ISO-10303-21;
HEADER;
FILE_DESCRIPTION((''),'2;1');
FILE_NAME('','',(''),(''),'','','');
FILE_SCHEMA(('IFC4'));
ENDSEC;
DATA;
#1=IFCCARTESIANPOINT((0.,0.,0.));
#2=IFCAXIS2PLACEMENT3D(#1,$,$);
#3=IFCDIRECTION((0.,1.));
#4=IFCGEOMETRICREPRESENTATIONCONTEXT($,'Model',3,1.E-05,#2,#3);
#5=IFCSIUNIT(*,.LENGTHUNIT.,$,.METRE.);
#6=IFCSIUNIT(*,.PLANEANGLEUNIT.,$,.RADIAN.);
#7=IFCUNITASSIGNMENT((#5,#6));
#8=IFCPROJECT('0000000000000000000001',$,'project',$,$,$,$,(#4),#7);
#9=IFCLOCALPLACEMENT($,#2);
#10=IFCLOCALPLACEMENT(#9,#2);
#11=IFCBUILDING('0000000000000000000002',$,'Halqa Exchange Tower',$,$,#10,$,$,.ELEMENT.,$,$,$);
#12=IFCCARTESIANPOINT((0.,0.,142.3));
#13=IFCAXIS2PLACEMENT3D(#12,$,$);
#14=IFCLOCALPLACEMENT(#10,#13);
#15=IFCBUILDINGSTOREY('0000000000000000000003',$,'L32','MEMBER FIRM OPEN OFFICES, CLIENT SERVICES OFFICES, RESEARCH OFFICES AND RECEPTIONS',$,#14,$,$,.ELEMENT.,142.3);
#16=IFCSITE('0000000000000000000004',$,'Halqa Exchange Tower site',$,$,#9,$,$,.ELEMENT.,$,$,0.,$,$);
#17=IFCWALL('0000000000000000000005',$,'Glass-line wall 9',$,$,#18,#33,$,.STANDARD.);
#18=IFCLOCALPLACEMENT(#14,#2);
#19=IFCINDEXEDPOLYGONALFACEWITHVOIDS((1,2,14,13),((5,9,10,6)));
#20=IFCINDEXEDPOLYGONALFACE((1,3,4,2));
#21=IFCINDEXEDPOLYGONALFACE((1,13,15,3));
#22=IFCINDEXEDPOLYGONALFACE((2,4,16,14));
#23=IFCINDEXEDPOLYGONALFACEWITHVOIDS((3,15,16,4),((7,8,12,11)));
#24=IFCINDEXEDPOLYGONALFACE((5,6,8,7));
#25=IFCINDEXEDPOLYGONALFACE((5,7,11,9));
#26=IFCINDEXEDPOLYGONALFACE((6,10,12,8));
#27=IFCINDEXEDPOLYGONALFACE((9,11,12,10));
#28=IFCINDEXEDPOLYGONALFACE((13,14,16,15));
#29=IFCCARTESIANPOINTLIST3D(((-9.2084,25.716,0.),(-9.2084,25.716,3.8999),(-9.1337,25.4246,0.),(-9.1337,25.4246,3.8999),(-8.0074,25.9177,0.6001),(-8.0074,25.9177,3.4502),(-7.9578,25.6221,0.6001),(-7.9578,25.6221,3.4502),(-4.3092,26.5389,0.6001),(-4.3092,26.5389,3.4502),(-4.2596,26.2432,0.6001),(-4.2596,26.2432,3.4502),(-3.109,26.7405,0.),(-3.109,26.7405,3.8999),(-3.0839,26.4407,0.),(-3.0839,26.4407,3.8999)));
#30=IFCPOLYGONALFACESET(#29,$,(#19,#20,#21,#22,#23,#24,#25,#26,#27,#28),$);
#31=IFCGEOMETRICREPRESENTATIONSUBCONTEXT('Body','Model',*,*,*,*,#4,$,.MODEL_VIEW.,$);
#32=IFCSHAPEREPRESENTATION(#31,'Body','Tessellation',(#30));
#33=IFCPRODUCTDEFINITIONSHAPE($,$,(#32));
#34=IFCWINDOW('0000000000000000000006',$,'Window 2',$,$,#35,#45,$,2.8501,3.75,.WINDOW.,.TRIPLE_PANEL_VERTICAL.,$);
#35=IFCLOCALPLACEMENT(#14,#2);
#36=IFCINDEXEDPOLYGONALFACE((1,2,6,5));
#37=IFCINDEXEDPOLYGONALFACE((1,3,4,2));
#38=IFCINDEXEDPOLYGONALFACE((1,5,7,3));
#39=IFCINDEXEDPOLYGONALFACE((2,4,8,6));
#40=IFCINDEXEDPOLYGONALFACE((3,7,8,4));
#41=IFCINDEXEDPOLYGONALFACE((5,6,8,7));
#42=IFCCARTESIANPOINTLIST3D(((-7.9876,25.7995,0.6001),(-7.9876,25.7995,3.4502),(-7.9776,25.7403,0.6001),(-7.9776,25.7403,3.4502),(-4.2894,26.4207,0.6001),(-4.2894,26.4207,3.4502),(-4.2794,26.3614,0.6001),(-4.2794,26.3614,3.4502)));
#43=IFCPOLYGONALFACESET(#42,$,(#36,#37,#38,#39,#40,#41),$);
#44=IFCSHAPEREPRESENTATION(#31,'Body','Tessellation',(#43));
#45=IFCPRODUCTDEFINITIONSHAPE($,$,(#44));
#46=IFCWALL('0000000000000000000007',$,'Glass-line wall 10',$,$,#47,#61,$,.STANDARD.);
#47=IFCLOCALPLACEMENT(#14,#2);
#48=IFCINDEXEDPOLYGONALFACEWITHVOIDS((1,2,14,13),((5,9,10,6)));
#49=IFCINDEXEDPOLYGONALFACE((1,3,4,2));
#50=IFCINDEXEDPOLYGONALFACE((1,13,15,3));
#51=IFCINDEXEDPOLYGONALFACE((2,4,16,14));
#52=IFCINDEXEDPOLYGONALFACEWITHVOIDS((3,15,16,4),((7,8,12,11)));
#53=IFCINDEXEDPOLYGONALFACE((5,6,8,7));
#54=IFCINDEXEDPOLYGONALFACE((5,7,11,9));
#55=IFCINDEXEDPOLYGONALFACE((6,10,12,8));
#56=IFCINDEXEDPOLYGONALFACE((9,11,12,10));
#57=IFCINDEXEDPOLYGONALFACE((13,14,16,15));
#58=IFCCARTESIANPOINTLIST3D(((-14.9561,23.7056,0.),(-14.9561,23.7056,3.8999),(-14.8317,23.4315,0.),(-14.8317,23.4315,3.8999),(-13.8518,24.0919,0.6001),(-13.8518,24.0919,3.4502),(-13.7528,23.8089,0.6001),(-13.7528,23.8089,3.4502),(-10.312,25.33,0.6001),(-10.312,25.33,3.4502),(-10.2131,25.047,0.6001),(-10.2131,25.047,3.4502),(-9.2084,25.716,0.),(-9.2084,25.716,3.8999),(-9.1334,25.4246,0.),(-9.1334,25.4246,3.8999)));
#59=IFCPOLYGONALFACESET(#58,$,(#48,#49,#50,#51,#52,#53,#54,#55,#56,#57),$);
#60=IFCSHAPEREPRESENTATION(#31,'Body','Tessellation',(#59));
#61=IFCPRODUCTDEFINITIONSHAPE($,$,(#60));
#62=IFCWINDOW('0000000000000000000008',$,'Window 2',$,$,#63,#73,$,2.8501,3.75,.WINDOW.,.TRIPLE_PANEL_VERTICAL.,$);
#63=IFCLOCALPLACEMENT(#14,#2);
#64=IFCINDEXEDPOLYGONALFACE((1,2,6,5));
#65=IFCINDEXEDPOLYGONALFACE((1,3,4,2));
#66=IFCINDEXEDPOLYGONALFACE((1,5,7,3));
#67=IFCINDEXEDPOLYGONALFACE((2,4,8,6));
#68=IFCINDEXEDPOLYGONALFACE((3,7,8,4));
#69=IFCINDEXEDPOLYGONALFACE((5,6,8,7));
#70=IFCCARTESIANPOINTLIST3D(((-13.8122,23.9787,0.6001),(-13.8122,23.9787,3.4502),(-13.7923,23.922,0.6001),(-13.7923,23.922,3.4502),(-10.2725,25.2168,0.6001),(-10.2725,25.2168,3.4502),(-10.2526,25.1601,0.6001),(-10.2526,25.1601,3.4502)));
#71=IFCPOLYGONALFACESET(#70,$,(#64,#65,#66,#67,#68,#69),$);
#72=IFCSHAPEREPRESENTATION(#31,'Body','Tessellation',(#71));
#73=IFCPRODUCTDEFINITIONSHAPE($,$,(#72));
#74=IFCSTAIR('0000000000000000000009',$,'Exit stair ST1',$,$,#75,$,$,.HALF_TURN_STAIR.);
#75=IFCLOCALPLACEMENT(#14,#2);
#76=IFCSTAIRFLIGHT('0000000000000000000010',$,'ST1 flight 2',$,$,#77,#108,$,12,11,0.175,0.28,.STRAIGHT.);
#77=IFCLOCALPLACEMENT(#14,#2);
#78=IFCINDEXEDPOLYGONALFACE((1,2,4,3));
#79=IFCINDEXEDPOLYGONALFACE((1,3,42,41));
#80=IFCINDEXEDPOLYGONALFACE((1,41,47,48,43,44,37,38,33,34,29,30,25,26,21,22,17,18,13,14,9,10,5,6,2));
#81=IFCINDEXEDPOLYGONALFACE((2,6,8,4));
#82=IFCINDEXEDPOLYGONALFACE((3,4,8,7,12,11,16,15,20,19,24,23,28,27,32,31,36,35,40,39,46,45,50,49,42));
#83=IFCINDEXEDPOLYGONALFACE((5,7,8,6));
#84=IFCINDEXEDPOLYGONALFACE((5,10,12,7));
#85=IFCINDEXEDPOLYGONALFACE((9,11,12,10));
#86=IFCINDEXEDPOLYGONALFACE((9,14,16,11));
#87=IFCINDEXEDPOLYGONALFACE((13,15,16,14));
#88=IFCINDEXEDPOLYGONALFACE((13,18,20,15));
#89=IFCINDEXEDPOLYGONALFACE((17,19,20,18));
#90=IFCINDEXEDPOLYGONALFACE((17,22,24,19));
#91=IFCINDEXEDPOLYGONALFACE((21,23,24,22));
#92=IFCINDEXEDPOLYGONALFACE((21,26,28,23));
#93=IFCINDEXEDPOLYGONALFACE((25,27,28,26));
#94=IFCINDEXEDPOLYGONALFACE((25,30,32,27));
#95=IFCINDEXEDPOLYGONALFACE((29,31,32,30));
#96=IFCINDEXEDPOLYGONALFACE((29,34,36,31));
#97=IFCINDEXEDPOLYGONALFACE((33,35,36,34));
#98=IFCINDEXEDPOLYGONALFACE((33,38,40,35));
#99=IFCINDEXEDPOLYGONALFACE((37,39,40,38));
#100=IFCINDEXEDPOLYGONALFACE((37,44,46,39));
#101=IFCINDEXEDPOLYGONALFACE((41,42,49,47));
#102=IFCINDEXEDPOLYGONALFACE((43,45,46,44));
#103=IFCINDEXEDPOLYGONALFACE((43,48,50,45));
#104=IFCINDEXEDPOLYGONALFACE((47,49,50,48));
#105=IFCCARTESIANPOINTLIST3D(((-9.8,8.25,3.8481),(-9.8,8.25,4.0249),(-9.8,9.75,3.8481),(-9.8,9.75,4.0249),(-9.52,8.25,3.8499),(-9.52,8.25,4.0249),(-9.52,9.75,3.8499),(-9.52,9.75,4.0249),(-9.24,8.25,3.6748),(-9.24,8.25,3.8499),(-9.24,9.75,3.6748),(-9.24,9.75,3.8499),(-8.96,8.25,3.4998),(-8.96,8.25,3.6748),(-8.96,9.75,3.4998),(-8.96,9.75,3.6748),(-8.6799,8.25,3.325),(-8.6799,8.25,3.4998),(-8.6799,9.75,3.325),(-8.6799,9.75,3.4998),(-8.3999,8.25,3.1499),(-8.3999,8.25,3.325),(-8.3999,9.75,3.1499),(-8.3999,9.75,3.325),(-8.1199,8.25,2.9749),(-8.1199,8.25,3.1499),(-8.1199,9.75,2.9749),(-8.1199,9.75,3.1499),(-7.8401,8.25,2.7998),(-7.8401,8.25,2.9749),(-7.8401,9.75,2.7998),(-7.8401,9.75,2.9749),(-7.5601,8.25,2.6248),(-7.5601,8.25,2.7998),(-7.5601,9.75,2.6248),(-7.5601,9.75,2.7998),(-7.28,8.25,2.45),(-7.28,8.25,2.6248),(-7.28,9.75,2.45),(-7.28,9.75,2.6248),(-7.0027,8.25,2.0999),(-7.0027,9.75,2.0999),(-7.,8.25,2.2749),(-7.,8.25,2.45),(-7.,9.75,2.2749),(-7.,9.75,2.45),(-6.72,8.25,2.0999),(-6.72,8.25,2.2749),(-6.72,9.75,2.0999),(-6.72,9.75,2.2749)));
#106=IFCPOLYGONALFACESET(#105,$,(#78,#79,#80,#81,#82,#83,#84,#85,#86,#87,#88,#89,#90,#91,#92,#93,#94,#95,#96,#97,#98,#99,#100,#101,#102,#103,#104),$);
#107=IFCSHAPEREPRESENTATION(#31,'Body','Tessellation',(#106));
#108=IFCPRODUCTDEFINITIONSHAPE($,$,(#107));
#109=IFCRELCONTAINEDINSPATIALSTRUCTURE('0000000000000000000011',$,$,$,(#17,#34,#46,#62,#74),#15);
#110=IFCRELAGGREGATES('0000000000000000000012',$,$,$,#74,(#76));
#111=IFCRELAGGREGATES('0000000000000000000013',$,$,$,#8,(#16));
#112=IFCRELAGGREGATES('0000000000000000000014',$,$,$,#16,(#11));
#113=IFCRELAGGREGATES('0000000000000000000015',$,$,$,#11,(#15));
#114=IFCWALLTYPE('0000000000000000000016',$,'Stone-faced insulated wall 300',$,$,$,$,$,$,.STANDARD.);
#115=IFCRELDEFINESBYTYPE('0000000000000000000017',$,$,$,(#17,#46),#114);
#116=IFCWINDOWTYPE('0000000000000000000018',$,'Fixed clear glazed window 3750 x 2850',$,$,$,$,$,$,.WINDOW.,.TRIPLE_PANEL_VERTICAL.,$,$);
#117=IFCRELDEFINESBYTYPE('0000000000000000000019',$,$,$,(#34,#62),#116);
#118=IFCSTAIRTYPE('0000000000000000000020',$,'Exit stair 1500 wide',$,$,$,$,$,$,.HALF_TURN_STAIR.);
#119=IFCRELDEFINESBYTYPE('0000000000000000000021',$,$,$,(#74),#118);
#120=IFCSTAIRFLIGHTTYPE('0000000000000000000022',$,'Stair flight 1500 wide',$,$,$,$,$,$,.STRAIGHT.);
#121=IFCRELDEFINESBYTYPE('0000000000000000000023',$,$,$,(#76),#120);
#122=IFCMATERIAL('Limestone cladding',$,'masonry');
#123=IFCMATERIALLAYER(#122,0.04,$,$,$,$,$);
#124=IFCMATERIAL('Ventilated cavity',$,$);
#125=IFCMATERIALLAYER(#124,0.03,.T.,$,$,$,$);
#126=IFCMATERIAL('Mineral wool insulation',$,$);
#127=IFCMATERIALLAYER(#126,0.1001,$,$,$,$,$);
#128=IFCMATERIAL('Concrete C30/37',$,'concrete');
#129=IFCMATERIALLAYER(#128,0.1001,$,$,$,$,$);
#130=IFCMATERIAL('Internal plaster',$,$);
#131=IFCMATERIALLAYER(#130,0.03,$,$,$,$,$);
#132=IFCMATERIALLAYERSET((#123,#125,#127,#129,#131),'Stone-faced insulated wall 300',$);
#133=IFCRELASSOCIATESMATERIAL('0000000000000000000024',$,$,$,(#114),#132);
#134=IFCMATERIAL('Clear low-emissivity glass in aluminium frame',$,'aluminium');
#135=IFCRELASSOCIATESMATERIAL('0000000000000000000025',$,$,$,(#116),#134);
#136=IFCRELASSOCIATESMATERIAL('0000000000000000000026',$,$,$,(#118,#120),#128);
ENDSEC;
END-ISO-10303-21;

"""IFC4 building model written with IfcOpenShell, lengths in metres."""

from ifc_helpers import new_model, si_unit, direction, frame, frame_2d, origin, place, context, subcontext, project, spatial, polyline, rectangle, outline, extrude, material, layer, layer_set, type_object, element, fill, aggregate, save


model = new_model("IFC4")

# Units and contexts
model_context = context("Model", 3, precision=1e-05, world=origin(), true_north=direction((0.0, 1.0)))
body_context = subcontext(model_context, "Body", "Model", "MODEL_VIEW")
ifc_project = project(units=[si_unit("LENGTHUNIT", "METRE"), si_unit("PLANEANGLEUNIT", "RADIAN")], contexts=[model_context])

# Site, building, storey
site_placement = place(None, origin())
site = spatial("IfcSite", under=ifc_project, at=site_placement, Name="Halqa Exchange Tower site", CompositionType="ELEMENT", RefElevation=0.0)
building_placement = place(site_placement, origin())
building = spatial("IfcBuilding", under=site, at=building_placement, Name="Halqa Exchange Tower", CompositionType="ELEMENT")
storey_placement = place(building_placement, frame((0.0, 0.0, 142.3)))
storey = spatial("IfcBuildingStorey", under=building, at=storey_placement, Name="L32", Description="MEMBER FIRM OPEN OFFICES, CLIENT SERVICES OFFICES, RESEARCH OFFICES AND RECEPTIONS", CompositionType="ELEMENT", Elevation=142.3)

# Shared definitions
ifc_material_1 = material(Name="Concrete C30/37", Category="concrete")

# Walls, openings, windows
ifc_material_2 = material(Name="Limestone cladding", Category="masonry")
ifc_layer_1 = layer(ifc_material_2, 0.04)
ifc_material_3 = material(Name="Ventilated cavity")
ifc_layer_2 = layer(ifc_material_3, 0.03, ventilated=True)
ifc_material_4 = material(Name="Mineral wool insulation")
ifc_layer_3 = layer(ifc_material_4, 0.1001)
ifc_layer_4 = layer(ifc_material_1, 0.1001)
ifc_material_5 = material(Name="Internal plaster")
ifc_layer_5 = layer(ifc_material_5, 0.03)
ifc_layer_set_1 = layer_set([ifc_layer_1, ifc_layer_2, ifc_layer_3, ifc_layer_4, ifc_layer_5], Name="Stone-faced insulated wall 300")
wall_type_1 = type_object("IfcWallType", Name="Stone-faced insulated wall 300", PredefinedType="STANDARD", material=ifc_layer_set_1)
wall_1_placement = place(storey_placement, frame((-3.0964, 26.5906, 0.0), z_axis=(0.0, 0.0, 1.0), x_axis=(-0.986186, -0.165639, 0.0)))
wall_1 = element("IfcWall", 1, at=wall_1_placement, inside=storey, type_object=wall_type_1, Name="Glass-line wall 9", PredefinedType="STANDARD", context=body_context, shape_type="SweptSolid", body=[
    extrude(outline(polyline([(-0.0125, -0.1499), (6.1724, -0.1499), (6.147, 0.1499), (0.0125, 0.1499), (-0.0125, -0.1499)])), origin(), (0.0, 0.0, 1.0), 3.8999),
])
opening_1_placement = place(wall_1_placement, frame((1.2046, 0.0, 0.6001)))
opening_1 = element("IfcOpeningElement", 2, at=opening_1_placement, cuts=wall_1, PredefinedType="OPENING", context=body_context, shape_type="SweptSolid", body=[
    extrude(rectangle(XDim=3.75, YDim=2.8501, at=frame_2d((1.875, 1.425))), frame((0.0, 0.1621, 0.0), z_axis=(0.0, -1.0, 0.0), x_axis=(1.0, 0.0, 0.0)), (0.0, 0.0, 1.0), 0.324),
])
ifc_material_6 = material(Name="Clear low-emissivity glass in aluminium frame", Category="aluminium")
window_type = type_object("IfcWindowType", Name="Fixed clear glazed window 3750 x 2850", PartitioningType="TRIPLE_PANEL_VERTICAL", PredefinedType="WINDOW", material=ifc_material_6)
window_1_placement = place(opening_1_placement, origin())
window_1 = element("IfcWindow", 3, at=window_1_placement, inside=storey, type_object=window_type, Name="Window 2", OverallHeight=2.8501, OverallWidth=3.75, PartitioningType="TRIPLE_PANEL_VERTICAL", PredefinedType="WINDOW", context=body_context, shape_type="SweptSolid", body=[
    extrude(rectangle(XDim=3.75, YDim=2.8501, at=frame_2d((1.875, 1.425))), frame((0.0, 0.03, 0.0), z_axis=(0.0, -1.0, 0.0), x_axis=(1.0, 0.0, 0.0)), (0.0, 0.0, 1.0), 0.0601),
])
fill(opening_1, window_1)
wall_2_placement = place(storey_placement, frame((-9.1709, 25.5703, 0.0), z_axis=(0.0, 0.0, 1.0), x_axis=(-0.943926, -0.330158, 0.0)))
wall_2 = element("IfcWall", 4, at=wall_2_placement, inside=storey, type_object=wall_type_1, Name="Glass-line wall 10", PredefinedType="STANDARD", context=body_context, shape_type="SweptSolid", body=[
    extrude(outline(polyline([(-0.0127, -0.1499), (6.0764, -0.1499), (6.0496, 0.1499), (0.0127, 0.1499), (-0.0127, -0.1499)])), origin(), (0.0, 0.0, 1.0), 3.8999),
])
opening_2_placement = place(wall_2_placement, frame((1.1565, 0.0, 0.6001)))
opening_2 = element("IfcOpeningElement", 5, at=opening_2_placement, cuts=wall_2, PredefinedType="OPENING", context=body_context, shape_type="SweptSolid", body=[
    extrude(rectangle(XDim=3.75, YDim=2.8501, at=frame_2d((1.875, 1.425))), frame((0.0, 0.1621, 0.0), z_axis=(0.0, -1.0, 0.0), x_axis=(1.0, 0.0, 0.0)), (0.0, 0.0, 1.0), 0.324),
])
window_2_placement = place(opening_2_placement, origin())
window_2 = element("IfcWindow", 6, at=window_2_placement, inside=storey, type_object=window_type, Name="Window 2", OverallHeight=2.8501, OverallWidth=3.75, PartitioningType="TRIPLE_PANEL_VERTICAL", PredefinedType="WINDOW", context=body_context, shape_type="SweptSolid", body=[
    extrude(rectangle(XDim=3.75, YDim=2.8501, at=frame_2d((1.875, 1.425))), frame((0.0, 0.03, 0.0), z_axis=(0.0, -1.0, 0.0), x_axis=(1.0, 0.0, 0.0)), (0.0, 0.0, 1.0), 0.0601),
])
fill(opening_2, window_2)

# Stair, stair flight
stair_type = type_object("IfcStairType", Name="Exit stair 1500 wide", PredefinedType="HALF_TURN_STAIR", material=ifc_material_1)
stair_placement = place(storey_placement, origin())
stair = element("IfcStair", 7, at=stair_placement, inside=storey, type_object=stair_type, Name="Exit stair ST1", PredefinedType="HALF_TURN_STAIR")
stair_flight_type = type_object("IfcStairFlightType", Name="Stair flight 1500 wide", PredefinedType="STRAIGHT", material=ifc_material_1)
stair_flight_placement = place(storey_placement, frame((-6.72, 9.0, 2.0999), z_axis=(0.0, 0.0, 1.0), x_axis=(-1.0, 0.0, 0.0)))
stair_flight = element("IfcStairFlight", 8, at=stair_flight_placement, type_object=stair_flight_type, Name="ST1 flight 2", NumberOfRisers=12, NumberOfTreads=11, PredefinedType="STRAIGHT", RiserHeight=0.175, TreadLength=0.28, context=body_context, shape_type="SweptSolid", body=[
    extrude(outline(polyline([(0.0, 0.0), (0.0, 0.175), (0.28, 0.175), (0.28, 0.3501), (0.5601, 0.3501), (0.5601, 0.5249), (0.8401, 0.5249), (0.8401, 0.7), (1.1201, 0.7), (1.1201, 0.875), (1.3999, 0.875), (1.3999, 1.05), (1.6799, 1.05), (1.6799, 1.2251), (1.96, 1.2251), (1.96, 1.3999), (2.24, 1.3999), (2.24, 1.575), (2.52, 1.575), (2.52, 1.75), (2.8, 1.75), (2.8, 1.925), (3.0801, 1.925), (3.0801, 2.1001), (3.0801, 1.7483), (0.2827, 0.0), (0.0, 0.0)])), frame((0.0, 0.75, 0.0), z_axis=(0.0, -1.0, 0.0), x_axis=(1.0, 0.0, 0.0)), (0.0, 0.0, 1.0), 1.5),
])
aggregate(stair, [stair_flight])

save(model, "model.ifc")
